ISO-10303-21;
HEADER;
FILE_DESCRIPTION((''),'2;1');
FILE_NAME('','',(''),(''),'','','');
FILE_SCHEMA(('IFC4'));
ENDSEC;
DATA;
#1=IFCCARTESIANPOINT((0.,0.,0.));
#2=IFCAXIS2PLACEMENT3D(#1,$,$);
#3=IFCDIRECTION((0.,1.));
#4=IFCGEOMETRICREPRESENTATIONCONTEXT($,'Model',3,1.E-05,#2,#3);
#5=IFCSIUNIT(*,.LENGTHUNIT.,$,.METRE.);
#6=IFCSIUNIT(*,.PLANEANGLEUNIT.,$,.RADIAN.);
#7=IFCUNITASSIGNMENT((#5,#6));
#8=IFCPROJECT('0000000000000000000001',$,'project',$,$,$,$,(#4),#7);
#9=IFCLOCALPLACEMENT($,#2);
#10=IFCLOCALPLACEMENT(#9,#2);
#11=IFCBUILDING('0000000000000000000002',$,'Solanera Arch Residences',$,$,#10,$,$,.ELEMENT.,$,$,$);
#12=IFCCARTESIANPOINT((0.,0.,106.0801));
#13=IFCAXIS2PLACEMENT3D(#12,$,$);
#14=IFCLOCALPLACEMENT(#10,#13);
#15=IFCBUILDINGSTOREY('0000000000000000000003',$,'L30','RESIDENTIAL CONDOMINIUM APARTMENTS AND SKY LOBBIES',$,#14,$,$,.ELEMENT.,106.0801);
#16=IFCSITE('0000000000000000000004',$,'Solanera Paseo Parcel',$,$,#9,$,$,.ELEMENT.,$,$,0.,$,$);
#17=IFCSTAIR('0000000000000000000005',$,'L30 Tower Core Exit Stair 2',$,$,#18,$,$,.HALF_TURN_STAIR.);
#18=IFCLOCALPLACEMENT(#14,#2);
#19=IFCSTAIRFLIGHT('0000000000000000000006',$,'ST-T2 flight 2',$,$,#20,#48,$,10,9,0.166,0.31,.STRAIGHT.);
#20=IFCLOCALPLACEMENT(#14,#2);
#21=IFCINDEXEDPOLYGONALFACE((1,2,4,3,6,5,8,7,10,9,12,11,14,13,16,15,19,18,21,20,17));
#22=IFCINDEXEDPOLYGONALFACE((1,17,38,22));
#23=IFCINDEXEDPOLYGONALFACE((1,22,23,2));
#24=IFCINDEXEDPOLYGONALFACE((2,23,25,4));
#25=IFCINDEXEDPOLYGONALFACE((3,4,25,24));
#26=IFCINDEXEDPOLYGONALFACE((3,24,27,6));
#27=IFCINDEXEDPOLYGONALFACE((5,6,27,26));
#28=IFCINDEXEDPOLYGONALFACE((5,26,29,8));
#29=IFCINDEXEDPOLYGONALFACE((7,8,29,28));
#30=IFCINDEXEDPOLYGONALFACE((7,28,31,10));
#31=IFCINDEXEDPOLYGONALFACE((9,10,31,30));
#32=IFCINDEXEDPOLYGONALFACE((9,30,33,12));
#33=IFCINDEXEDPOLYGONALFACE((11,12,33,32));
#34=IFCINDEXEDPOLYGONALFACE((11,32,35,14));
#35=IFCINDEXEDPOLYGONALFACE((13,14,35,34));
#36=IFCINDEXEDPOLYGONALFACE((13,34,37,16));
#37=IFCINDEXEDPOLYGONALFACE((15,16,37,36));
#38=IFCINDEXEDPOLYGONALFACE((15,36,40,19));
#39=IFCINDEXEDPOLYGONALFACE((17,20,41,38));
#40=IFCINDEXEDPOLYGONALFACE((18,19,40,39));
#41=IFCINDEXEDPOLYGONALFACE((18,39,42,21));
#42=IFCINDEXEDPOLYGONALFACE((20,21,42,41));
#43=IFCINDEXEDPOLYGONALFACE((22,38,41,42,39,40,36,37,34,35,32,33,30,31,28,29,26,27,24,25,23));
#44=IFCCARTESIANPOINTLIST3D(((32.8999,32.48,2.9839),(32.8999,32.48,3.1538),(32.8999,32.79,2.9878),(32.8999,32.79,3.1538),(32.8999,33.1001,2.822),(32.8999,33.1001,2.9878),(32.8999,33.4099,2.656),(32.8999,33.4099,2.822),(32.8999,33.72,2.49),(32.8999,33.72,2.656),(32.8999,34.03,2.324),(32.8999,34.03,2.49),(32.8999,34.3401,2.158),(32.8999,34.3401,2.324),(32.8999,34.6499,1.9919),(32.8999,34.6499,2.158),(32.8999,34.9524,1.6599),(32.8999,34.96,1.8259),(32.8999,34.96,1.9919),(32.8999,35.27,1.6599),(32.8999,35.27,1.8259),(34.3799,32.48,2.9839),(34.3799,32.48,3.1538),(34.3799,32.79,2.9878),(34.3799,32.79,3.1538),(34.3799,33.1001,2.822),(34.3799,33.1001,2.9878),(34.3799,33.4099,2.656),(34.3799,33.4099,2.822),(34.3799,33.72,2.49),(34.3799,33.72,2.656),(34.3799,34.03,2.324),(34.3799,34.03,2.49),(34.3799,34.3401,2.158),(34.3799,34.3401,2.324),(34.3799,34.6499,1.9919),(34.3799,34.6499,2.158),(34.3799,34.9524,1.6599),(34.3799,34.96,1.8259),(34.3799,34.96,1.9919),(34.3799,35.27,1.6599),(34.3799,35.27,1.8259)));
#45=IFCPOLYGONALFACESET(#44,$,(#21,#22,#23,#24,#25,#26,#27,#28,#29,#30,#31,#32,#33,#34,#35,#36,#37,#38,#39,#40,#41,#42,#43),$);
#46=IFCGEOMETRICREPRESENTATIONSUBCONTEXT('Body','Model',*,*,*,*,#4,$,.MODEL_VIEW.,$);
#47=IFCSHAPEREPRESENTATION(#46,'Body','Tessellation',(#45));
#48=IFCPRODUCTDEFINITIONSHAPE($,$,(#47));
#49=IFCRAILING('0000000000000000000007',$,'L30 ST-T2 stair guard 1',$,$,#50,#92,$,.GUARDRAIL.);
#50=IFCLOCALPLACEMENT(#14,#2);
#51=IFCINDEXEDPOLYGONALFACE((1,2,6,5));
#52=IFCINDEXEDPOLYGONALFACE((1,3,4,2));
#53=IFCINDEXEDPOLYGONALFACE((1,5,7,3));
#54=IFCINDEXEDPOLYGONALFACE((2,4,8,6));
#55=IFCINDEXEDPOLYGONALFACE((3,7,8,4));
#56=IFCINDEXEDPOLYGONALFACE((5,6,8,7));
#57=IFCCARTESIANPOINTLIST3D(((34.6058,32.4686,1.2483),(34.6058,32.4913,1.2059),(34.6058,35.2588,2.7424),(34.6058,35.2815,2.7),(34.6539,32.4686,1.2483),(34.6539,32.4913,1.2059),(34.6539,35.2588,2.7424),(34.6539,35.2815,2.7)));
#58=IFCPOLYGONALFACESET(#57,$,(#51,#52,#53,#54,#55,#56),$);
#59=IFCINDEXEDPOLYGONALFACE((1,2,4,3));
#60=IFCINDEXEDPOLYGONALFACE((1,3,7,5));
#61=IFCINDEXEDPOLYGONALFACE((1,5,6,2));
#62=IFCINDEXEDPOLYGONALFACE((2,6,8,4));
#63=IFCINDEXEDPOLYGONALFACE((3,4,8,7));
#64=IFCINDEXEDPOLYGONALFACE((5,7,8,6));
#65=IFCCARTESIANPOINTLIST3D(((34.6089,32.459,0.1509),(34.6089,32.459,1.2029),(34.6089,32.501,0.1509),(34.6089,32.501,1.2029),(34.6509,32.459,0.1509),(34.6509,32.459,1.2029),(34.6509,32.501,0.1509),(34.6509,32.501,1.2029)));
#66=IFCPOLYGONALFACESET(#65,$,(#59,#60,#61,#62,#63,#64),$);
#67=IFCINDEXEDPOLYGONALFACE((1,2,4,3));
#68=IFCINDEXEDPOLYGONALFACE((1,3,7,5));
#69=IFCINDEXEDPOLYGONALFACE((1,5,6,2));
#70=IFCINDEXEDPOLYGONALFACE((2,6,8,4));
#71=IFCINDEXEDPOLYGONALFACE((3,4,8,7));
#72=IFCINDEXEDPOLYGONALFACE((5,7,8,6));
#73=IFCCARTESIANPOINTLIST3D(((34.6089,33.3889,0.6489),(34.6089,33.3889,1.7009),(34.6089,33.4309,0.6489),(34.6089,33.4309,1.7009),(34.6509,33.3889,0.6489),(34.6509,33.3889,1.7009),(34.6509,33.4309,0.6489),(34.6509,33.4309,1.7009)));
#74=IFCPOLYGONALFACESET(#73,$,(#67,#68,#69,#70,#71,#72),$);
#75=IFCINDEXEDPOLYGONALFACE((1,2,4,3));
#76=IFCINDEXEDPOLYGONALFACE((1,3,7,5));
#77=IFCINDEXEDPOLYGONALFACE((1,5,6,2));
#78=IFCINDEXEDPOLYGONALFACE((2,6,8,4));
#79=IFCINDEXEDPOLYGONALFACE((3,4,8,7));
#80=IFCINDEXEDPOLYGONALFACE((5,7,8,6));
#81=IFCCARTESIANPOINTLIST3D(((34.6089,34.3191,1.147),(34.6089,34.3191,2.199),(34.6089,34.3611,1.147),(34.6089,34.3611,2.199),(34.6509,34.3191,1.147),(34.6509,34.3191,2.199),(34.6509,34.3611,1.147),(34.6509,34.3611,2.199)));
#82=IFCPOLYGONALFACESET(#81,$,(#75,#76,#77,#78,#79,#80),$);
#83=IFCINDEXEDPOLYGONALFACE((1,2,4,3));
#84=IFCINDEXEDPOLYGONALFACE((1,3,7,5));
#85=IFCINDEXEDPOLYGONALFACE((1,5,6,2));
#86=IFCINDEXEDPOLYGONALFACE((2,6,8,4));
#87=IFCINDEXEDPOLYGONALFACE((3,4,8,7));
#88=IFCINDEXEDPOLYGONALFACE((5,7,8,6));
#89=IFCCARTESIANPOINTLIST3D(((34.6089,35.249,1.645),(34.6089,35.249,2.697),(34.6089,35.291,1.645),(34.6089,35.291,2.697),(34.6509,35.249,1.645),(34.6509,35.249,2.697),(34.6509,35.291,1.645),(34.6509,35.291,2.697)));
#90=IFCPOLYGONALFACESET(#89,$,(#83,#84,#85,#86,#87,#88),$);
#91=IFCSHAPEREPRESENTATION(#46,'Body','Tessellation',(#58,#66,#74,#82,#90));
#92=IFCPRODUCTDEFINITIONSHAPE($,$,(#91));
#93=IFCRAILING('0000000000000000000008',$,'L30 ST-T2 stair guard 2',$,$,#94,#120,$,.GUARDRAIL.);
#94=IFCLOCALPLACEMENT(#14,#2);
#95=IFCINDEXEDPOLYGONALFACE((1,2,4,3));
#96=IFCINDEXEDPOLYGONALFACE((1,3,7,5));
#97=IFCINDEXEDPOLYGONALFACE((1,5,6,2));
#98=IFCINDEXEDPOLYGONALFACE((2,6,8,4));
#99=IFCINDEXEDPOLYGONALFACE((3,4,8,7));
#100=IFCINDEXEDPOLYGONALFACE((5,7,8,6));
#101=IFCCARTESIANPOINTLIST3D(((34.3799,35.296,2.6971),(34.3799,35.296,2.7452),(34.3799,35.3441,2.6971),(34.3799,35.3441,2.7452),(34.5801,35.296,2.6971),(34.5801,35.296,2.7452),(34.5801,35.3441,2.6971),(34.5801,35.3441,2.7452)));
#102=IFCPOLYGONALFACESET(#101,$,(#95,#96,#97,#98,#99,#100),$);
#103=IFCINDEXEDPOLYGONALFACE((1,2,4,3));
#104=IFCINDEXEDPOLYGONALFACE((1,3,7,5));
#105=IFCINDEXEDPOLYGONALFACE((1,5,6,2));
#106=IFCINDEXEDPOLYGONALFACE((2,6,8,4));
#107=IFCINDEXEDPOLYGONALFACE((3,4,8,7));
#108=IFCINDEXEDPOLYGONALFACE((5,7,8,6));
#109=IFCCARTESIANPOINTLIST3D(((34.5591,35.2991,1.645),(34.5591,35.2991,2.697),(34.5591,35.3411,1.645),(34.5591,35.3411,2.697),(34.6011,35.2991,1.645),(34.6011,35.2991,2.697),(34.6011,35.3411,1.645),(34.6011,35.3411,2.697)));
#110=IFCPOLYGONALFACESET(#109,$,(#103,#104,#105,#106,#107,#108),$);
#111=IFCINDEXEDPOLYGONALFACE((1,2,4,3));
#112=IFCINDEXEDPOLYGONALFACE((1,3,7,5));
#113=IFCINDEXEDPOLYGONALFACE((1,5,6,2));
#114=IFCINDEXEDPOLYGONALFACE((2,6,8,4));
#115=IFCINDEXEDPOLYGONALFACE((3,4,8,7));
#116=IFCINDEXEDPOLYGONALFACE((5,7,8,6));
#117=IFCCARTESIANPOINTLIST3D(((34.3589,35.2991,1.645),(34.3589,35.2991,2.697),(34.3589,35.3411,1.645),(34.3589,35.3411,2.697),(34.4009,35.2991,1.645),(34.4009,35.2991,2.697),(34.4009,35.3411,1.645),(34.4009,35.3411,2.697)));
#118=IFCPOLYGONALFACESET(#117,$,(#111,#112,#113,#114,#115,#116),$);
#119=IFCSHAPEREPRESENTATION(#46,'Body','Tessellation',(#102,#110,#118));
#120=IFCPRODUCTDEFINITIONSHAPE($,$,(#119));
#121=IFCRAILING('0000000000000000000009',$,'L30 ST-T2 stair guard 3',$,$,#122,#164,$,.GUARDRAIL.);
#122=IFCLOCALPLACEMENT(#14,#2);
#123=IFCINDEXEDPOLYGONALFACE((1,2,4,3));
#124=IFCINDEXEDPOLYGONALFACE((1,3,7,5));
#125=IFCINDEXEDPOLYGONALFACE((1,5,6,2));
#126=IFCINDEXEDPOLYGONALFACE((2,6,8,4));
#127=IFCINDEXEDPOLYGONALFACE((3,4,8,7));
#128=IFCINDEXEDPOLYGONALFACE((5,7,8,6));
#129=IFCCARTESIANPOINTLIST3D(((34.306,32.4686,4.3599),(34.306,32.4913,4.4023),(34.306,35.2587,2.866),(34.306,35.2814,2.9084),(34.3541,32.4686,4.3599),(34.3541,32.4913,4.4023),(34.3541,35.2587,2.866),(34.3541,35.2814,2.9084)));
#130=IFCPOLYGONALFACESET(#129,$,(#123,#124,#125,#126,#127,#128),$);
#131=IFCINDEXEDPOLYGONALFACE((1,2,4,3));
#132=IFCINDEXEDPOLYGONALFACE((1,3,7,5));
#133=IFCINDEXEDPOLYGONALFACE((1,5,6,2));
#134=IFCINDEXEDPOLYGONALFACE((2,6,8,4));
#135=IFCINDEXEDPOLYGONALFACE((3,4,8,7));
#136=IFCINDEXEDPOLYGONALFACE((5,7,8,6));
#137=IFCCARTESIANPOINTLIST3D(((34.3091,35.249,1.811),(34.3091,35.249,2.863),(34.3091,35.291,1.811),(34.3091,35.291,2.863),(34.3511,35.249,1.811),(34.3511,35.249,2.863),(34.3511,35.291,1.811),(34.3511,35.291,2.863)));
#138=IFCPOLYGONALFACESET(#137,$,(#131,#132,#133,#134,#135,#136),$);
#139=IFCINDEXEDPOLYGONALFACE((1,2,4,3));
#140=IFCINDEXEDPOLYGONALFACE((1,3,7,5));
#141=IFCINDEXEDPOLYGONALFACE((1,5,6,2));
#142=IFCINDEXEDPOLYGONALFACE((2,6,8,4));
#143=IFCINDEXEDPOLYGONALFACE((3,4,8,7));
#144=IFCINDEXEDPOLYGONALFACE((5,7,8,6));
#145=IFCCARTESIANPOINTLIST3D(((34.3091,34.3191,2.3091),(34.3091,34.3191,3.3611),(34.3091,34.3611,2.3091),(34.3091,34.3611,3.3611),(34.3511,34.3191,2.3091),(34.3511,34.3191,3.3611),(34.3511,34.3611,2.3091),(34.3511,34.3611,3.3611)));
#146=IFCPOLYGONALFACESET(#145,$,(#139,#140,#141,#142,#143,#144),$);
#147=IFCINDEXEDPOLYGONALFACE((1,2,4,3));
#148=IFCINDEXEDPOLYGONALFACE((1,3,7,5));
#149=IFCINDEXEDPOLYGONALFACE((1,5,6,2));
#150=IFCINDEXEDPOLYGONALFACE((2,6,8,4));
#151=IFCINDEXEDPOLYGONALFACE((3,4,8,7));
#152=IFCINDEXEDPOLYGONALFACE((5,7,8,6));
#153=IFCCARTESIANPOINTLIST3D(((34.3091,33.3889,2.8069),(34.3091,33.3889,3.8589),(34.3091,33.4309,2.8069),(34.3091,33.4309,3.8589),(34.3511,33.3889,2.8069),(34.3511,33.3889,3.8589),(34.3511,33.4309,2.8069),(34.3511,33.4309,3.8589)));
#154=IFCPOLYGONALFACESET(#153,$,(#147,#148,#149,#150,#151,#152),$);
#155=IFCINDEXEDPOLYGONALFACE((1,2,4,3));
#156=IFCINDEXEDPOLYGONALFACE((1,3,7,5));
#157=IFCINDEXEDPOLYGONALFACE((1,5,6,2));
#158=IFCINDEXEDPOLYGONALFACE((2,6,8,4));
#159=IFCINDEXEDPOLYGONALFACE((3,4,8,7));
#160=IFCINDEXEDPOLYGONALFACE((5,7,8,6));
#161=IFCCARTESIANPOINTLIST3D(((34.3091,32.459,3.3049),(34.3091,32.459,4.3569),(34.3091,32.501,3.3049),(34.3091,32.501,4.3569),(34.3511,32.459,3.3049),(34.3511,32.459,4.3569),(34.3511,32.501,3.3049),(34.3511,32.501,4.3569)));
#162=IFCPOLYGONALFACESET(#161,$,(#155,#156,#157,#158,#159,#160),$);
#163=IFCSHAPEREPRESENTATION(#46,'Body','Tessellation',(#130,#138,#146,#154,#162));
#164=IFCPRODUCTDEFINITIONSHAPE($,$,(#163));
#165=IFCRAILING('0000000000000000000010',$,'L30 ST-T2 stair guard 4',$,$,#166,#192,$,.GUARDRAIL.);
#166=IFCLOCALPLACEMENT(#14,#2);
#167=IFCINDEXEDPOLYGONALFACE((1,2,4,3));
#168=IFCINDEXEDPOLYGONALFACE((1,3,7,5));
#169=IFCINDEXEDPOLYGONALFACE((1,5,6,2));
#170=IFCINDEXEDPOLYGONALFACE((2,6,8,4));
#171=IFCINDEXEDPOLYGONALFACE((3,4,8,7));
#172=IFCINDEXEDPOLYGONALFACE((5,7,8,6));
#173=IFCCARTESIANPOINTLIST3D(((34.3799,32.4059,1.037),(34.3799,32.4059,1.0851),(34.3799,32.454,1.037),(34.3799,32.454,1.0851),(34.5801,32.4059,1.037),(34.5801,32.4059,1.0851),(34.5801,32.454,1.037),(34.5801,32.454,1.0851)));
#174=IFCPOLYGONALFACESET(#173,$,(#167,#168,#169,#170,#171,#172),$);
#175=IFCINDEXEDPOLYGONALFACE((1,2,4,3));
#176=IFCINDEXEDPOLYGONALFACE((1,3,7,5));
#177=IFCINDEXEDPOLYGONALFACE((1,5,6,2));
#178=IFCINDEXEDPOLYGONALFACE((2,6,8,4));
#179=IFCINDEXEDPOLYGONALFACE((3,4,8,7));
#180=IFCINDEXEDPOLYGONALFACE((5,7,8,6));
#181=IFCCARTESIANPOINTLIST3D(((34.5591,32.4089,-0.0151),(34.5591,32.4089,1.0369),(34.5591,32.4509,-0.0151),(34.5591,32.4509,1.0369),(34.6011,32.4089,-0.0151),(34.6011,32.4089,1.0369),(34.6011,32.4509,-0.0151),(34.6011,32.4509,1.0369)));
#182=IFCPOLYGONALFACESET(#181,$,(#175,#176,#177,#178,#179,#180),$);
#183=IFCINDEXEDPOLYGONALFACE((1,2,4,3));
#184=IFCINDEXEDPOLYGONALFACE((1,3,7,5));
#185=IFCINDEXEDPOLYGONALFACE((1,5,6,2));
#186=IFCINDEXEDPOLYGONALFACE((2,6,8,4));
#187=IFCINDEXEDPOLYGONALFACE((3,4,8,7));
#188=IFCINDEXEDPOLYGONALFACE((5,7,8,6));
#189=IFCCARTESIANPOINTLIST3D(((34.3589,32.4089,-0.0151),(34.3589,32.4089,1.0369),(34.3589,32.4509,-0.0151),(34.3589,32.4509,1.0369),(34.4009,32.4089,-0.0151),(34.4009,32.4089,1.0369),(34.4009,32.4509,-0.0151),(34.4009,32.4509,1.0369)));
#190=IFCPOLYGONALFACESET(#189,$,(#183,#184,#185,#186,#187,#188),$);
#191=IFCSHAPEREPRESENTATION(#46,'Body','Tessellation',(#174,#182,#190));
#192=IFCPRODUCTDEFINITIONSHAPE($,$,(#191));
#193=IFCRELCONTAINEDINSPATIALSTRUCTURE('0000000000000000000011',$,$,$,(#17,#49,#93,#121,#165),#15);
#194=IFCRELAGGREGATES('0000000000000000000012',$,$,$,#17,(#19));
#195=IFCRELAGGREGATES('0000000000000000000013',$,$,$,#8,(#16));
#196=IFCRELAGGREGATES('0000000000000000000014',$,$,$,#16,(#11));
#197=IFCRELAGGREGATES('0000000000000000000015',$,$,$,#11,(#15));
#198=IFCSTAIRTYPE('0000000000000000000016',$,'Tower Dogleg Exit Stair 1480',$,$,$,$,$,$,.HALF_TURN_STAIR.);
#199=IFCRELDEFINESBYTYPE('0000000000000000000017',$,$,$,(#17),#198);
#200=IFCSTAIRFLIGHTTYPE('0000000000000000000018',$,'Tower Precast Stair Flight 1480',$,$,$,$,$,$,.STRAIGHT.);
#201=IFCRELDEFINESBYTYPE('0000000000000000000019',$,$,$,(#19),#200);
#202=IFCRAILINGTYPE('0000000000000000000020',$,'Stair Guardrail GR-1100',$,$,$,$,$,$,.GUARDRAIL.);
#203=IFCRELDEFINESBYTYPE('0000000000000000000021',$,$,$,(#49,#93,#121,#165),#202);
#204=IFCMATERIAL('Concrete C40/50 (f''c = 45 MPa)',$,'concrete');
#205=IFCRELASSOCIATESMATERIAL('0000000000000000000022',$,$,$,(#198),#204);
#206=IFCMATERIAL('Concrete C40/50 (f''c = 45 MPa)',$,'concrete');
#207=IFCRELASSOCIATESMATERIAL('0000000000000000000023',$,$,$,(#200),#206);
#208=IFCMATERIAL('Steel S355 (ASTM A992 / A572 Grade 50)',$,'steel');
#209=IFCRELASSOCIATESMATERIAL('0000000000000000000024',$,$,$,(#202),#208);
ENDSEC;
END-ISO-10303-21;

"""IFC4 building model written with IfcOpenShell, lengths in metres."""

from ifc_helpers import new_model, si_unit, direction, frame, origin, origin_2d, place, context, subcontext, project, spatial, polyline, rectangle, outline, extrude, material, type_object, element, aggregate, save


model = new_model("IFC4")

# Units and contexts
model_context = context("Model", 3, precision=1e-05, world=origin(), true_north=direction((0.0, 1.0)))
body_context = subcontext(model_context, "Body", "Model", "MODEL_VIEW")
ifc_project = project(units=[si_unit("LENGTHUNIT", "METRE"), si_unit("PLANEANGLEUNIT", "RADIAN")], contexts=[model_context])

# Site, building, storey
site_placement = place(None, origin())
site = spatial("IfcSite", under=ifc_project, at=site_placement, Name="Solanera Paseo Parcel", CompositionType="ELEMENT", RefElevation=0.0)
building_placement = place(site_placement, origin())
building = spatial("IfcBuilding", under=site, at=building_placement, Name="Solanera Arch Residences", CompositionType="ELEMENT")
storey_placement = place(building_placement, frame((0.0, 0.0, 106.0801)))
storey = spatial("IfcBuildingStorey", under=building, at=storey_placement, Name="L30", Description="RESIDENTIAL CONDOMINIUM APARTMENTS AND SKY LOBBIES", CompositionType="ELEMENT", Elevation=106.0801)

# Stair, stair flight
ifc_material_1 = material(Name="Concrete C40/50 (f'c = 45 MPa)", Category="concrete")
stair_type = type_object("IfcStairType", Name="Tower Dogleg Exit Stair 1480", PredefinedType="HALF_TURN_STAIR", material=ifc_material_1)
stair_placement = place(storey_placement, origin())
stair = element("IfcStair", 1, at=stair_placement, inside=storey, type_object=stair_type, Name="L30 Tower Core Exit Stair 2", PredefinedType="HALF_TURN_STAIR")
ifc_material_2 = material(Name="Concrete C40/50 (f'c = 45 MPa)", Category="concrete")
stair_flight_type = type_object("IfcStairFlightType", Name="Tower Precast Stair Flight 1480", PredefinedType="STRAIGHT", material=ifc_material_2)
stair_flight_1_placement = place(storey_placement, frame((33.6399, 35.27, 1.6599), z_axis=(0.0, 0.0, 1.0), x_axis=(0.0, -1.0, 0.0)))
stair_flight_1 = element("IfcStairFlight", 2, at=stair_flight_1_placement, type_object=stair_flight_type, Name="ST-T2 flight 2", NumberOfRisers=10, NumberOfTreads=9, PredefinedType="STRAIGHT", RiserHeight=0.166, TreadLength=0.31, context=body_context, shape_type="SweptSolid", body=[
    extrude(outline(polyline([(0.0, 0.0), (0.0, 0.166), (0.3101, 0.166), (0.3101, 0.332), (0.6201, 0.332), (0.6201, 0.498), (0.9299, 0.498), (0.9299, 0.6641), (1.24, 0.6641), (1.24, 0.8301), (1.55, 0.8301), (1.55, 0.9961), (1.8601, 0.9961), (1.8601, 1.1621), (2.1699, 1.1621), (2.1699, 1.3279), (2.48, 1.3279), (2.48, 1.4939), (2.79, 1.4939), (2.79, 1.6599), (2.79, 1.324), (0.3176, 0.0), (0.0, 0.0)])), frame((0.0, 0.74, 0.0), z_axis=(0.0, -1.0, 0.0), x_axis=(1.0, 0.0, 0.0)), (0.0, 0.0, 1.0), 1.48),
])
aggregate(stair, [stair_flight_1])

# Railings
ifc_material_3 = material(Name="Steel S355 (ASTM A992 / A572 Grade 50)", Category="steel")
railing_type_1 = type_object("IfcRailingType", Name="Stair Guardrail GR-1100", PredefinedType="GUARDRAIL", material=ifc_material_3)
railing_1_placement = place(storey_placement, frame((34.6299, 32.48, 0.1509)))
element("IfcRailing", 3, at=railing_1_placement, inside=storey, type_object=railing_type_1, Name="L30 ST-T2 stair guard 1", PredefinedType="GUARDRAIL", context=body_context, shape_type="SweptSolid", body=[
    extrude(rectangle(XDim=0.0481, YDim=0.0481, at=origin_2d()), frame((0.0, 0.0, 1.0762), z_axis=(0.0, 0.881549, 0.472093), x_axis=(-1.0, 0.0, 0.0)), (0.0, 0.0, 1.0), 3.165),
    extrude(rectangle(XDim=0.042, YDim=0.042, at=origin_2d()), origin(), (0.0, 0.0, 1.0), 1.052),
    extrude(rectangle(XDim=0.042, YDim=0.042, at=origin_2d()), frame((0.0, 0.9299, 0.498)), (0.0, 0.0, 1.0), 1.052),
    extrude(rectangle(XDim=0.042, YDim=0.042, at=origin_2d()), frame((0.0, 1.8601, 0.9961)), (0.0, 0.0, 1.0), 1.052),
    extrude(rectangle(XDim=0.042, YDim=0.042, at=origin_2d()), frame((0.0, 2.79, 1.4941)), (0.0, 0.0, 1.0), 1.052),
])
railing_2_placement = place(storey_placement, frame((34.5801, 35.3201, 1.645)))
element("IfcRailing", 4, at=railing_2_placement, inside=storey, type_object=railing_type_1, Name="L30 ST-T2 stair guard 2", PredefinedType="GUARDRAIL", context=body_context, shape_type="SweptSolid", body=[
    extrude(rectangle(XDim=0.0481, YDim=0.0481, at=origin_2d()), frame((0.0, 0.0, 1.0762), z_axis=(-1.0, 0.0, 0.0), x_axis=(0.0, -1.0, 0.0)), (0.0, 0.0, 1.0), 0.2002),
    extrude(rectangle(XDim=0.042, YDim=0.042, at=origin_2d()), origin(), (0.0, 0.0, 1.0), 1.052),
    extrude(rectangle(XDim=0.042, YDim=0.042, at=origin_2d()), frame((-0.2002, 0.0, 0.0)), (0.0, 0.0, 1.0), 1.052),
])
railing_3_placement = place(storey_placement, frame((34.3301, 35.27, 1.811)))
element("IfcRailing", 5, at=railing_3_placement, inside=storey, type_object=railing_type_1, Name="L30 ST-T2 stair guard 3", PredefinedType="GUARDRAIL", context=body_context, shape_type="SweptSolid", body=[
    extrude(rectangle(XDim=0.0481, YDim=0.0481, at=origin_2d()), frame((0.0, 0.0, 1.0762), z_axis=(0.0, -0.881581, 0.472033), x_axis=(1.0, 0.0, 0.0)), (0.0, 0.0, 1.0), 3.1648),
    extrude(rectangle(XDim=0.042, YDim=0.042, at=origin_2d()), origin(), (0.0, 0.0, 1.0), 1.052),
    extrude(rectangle(XDim=0.042, YDim=0.042, at=origin_2d()), frame((0.0, -0.9299, 0.498)), (0.0, 0.0, 1.0), 1.052),
    extrude(rectangle(XDim=0.042, YDim=0.042, at=origin_2d()), frame((0.0, -1.8601, 0.9958)), (0.0, 0.0, 1.0), 1.052),
    extrude(rectangle(XDim=0.042, YDim=0.042, at=origin_2d()), frame((0.0, -2.79, 1.4939)), (0.0, 0.0, 1.0), 1.052),
])
railing_4_placement = place(storey_placement, frame((34.5801, 32.4299, -0.0151)))
element("IfcRailing", 6, at=railing_4_placement, inside=storey, type_object=railing_type_1, Name="L30 ST-T2 stair guard 4", PredefinedType="GUARDRAIL", context=body_context, shape_type="SweptSolid", body=[
    extrude(rectangle(XDim=0.0481, YDim=0.0481, at=origin_2d()), frame((0.0, 0.0, 1.0762), z_axis=(-1.0, 0.0, 0.0), x_axis=(0.0, -1.0, 0.0)), (0.0, 0.0, 1.0), 0.2002),
    extrude(rectangle(XDim=0.042, YDim=0.042, at=origin_2d()), origin(), (0.0, 0.0, 1.0), 1.052),
    extrude(rectangle(XDim=0.042, YDim=0.042, at=origin_2d()), frame((-0.2002, 0.0, 0.0)), (0.0, 0.0, 1.0), 1.052),
])

save(model, "model.ifc")
